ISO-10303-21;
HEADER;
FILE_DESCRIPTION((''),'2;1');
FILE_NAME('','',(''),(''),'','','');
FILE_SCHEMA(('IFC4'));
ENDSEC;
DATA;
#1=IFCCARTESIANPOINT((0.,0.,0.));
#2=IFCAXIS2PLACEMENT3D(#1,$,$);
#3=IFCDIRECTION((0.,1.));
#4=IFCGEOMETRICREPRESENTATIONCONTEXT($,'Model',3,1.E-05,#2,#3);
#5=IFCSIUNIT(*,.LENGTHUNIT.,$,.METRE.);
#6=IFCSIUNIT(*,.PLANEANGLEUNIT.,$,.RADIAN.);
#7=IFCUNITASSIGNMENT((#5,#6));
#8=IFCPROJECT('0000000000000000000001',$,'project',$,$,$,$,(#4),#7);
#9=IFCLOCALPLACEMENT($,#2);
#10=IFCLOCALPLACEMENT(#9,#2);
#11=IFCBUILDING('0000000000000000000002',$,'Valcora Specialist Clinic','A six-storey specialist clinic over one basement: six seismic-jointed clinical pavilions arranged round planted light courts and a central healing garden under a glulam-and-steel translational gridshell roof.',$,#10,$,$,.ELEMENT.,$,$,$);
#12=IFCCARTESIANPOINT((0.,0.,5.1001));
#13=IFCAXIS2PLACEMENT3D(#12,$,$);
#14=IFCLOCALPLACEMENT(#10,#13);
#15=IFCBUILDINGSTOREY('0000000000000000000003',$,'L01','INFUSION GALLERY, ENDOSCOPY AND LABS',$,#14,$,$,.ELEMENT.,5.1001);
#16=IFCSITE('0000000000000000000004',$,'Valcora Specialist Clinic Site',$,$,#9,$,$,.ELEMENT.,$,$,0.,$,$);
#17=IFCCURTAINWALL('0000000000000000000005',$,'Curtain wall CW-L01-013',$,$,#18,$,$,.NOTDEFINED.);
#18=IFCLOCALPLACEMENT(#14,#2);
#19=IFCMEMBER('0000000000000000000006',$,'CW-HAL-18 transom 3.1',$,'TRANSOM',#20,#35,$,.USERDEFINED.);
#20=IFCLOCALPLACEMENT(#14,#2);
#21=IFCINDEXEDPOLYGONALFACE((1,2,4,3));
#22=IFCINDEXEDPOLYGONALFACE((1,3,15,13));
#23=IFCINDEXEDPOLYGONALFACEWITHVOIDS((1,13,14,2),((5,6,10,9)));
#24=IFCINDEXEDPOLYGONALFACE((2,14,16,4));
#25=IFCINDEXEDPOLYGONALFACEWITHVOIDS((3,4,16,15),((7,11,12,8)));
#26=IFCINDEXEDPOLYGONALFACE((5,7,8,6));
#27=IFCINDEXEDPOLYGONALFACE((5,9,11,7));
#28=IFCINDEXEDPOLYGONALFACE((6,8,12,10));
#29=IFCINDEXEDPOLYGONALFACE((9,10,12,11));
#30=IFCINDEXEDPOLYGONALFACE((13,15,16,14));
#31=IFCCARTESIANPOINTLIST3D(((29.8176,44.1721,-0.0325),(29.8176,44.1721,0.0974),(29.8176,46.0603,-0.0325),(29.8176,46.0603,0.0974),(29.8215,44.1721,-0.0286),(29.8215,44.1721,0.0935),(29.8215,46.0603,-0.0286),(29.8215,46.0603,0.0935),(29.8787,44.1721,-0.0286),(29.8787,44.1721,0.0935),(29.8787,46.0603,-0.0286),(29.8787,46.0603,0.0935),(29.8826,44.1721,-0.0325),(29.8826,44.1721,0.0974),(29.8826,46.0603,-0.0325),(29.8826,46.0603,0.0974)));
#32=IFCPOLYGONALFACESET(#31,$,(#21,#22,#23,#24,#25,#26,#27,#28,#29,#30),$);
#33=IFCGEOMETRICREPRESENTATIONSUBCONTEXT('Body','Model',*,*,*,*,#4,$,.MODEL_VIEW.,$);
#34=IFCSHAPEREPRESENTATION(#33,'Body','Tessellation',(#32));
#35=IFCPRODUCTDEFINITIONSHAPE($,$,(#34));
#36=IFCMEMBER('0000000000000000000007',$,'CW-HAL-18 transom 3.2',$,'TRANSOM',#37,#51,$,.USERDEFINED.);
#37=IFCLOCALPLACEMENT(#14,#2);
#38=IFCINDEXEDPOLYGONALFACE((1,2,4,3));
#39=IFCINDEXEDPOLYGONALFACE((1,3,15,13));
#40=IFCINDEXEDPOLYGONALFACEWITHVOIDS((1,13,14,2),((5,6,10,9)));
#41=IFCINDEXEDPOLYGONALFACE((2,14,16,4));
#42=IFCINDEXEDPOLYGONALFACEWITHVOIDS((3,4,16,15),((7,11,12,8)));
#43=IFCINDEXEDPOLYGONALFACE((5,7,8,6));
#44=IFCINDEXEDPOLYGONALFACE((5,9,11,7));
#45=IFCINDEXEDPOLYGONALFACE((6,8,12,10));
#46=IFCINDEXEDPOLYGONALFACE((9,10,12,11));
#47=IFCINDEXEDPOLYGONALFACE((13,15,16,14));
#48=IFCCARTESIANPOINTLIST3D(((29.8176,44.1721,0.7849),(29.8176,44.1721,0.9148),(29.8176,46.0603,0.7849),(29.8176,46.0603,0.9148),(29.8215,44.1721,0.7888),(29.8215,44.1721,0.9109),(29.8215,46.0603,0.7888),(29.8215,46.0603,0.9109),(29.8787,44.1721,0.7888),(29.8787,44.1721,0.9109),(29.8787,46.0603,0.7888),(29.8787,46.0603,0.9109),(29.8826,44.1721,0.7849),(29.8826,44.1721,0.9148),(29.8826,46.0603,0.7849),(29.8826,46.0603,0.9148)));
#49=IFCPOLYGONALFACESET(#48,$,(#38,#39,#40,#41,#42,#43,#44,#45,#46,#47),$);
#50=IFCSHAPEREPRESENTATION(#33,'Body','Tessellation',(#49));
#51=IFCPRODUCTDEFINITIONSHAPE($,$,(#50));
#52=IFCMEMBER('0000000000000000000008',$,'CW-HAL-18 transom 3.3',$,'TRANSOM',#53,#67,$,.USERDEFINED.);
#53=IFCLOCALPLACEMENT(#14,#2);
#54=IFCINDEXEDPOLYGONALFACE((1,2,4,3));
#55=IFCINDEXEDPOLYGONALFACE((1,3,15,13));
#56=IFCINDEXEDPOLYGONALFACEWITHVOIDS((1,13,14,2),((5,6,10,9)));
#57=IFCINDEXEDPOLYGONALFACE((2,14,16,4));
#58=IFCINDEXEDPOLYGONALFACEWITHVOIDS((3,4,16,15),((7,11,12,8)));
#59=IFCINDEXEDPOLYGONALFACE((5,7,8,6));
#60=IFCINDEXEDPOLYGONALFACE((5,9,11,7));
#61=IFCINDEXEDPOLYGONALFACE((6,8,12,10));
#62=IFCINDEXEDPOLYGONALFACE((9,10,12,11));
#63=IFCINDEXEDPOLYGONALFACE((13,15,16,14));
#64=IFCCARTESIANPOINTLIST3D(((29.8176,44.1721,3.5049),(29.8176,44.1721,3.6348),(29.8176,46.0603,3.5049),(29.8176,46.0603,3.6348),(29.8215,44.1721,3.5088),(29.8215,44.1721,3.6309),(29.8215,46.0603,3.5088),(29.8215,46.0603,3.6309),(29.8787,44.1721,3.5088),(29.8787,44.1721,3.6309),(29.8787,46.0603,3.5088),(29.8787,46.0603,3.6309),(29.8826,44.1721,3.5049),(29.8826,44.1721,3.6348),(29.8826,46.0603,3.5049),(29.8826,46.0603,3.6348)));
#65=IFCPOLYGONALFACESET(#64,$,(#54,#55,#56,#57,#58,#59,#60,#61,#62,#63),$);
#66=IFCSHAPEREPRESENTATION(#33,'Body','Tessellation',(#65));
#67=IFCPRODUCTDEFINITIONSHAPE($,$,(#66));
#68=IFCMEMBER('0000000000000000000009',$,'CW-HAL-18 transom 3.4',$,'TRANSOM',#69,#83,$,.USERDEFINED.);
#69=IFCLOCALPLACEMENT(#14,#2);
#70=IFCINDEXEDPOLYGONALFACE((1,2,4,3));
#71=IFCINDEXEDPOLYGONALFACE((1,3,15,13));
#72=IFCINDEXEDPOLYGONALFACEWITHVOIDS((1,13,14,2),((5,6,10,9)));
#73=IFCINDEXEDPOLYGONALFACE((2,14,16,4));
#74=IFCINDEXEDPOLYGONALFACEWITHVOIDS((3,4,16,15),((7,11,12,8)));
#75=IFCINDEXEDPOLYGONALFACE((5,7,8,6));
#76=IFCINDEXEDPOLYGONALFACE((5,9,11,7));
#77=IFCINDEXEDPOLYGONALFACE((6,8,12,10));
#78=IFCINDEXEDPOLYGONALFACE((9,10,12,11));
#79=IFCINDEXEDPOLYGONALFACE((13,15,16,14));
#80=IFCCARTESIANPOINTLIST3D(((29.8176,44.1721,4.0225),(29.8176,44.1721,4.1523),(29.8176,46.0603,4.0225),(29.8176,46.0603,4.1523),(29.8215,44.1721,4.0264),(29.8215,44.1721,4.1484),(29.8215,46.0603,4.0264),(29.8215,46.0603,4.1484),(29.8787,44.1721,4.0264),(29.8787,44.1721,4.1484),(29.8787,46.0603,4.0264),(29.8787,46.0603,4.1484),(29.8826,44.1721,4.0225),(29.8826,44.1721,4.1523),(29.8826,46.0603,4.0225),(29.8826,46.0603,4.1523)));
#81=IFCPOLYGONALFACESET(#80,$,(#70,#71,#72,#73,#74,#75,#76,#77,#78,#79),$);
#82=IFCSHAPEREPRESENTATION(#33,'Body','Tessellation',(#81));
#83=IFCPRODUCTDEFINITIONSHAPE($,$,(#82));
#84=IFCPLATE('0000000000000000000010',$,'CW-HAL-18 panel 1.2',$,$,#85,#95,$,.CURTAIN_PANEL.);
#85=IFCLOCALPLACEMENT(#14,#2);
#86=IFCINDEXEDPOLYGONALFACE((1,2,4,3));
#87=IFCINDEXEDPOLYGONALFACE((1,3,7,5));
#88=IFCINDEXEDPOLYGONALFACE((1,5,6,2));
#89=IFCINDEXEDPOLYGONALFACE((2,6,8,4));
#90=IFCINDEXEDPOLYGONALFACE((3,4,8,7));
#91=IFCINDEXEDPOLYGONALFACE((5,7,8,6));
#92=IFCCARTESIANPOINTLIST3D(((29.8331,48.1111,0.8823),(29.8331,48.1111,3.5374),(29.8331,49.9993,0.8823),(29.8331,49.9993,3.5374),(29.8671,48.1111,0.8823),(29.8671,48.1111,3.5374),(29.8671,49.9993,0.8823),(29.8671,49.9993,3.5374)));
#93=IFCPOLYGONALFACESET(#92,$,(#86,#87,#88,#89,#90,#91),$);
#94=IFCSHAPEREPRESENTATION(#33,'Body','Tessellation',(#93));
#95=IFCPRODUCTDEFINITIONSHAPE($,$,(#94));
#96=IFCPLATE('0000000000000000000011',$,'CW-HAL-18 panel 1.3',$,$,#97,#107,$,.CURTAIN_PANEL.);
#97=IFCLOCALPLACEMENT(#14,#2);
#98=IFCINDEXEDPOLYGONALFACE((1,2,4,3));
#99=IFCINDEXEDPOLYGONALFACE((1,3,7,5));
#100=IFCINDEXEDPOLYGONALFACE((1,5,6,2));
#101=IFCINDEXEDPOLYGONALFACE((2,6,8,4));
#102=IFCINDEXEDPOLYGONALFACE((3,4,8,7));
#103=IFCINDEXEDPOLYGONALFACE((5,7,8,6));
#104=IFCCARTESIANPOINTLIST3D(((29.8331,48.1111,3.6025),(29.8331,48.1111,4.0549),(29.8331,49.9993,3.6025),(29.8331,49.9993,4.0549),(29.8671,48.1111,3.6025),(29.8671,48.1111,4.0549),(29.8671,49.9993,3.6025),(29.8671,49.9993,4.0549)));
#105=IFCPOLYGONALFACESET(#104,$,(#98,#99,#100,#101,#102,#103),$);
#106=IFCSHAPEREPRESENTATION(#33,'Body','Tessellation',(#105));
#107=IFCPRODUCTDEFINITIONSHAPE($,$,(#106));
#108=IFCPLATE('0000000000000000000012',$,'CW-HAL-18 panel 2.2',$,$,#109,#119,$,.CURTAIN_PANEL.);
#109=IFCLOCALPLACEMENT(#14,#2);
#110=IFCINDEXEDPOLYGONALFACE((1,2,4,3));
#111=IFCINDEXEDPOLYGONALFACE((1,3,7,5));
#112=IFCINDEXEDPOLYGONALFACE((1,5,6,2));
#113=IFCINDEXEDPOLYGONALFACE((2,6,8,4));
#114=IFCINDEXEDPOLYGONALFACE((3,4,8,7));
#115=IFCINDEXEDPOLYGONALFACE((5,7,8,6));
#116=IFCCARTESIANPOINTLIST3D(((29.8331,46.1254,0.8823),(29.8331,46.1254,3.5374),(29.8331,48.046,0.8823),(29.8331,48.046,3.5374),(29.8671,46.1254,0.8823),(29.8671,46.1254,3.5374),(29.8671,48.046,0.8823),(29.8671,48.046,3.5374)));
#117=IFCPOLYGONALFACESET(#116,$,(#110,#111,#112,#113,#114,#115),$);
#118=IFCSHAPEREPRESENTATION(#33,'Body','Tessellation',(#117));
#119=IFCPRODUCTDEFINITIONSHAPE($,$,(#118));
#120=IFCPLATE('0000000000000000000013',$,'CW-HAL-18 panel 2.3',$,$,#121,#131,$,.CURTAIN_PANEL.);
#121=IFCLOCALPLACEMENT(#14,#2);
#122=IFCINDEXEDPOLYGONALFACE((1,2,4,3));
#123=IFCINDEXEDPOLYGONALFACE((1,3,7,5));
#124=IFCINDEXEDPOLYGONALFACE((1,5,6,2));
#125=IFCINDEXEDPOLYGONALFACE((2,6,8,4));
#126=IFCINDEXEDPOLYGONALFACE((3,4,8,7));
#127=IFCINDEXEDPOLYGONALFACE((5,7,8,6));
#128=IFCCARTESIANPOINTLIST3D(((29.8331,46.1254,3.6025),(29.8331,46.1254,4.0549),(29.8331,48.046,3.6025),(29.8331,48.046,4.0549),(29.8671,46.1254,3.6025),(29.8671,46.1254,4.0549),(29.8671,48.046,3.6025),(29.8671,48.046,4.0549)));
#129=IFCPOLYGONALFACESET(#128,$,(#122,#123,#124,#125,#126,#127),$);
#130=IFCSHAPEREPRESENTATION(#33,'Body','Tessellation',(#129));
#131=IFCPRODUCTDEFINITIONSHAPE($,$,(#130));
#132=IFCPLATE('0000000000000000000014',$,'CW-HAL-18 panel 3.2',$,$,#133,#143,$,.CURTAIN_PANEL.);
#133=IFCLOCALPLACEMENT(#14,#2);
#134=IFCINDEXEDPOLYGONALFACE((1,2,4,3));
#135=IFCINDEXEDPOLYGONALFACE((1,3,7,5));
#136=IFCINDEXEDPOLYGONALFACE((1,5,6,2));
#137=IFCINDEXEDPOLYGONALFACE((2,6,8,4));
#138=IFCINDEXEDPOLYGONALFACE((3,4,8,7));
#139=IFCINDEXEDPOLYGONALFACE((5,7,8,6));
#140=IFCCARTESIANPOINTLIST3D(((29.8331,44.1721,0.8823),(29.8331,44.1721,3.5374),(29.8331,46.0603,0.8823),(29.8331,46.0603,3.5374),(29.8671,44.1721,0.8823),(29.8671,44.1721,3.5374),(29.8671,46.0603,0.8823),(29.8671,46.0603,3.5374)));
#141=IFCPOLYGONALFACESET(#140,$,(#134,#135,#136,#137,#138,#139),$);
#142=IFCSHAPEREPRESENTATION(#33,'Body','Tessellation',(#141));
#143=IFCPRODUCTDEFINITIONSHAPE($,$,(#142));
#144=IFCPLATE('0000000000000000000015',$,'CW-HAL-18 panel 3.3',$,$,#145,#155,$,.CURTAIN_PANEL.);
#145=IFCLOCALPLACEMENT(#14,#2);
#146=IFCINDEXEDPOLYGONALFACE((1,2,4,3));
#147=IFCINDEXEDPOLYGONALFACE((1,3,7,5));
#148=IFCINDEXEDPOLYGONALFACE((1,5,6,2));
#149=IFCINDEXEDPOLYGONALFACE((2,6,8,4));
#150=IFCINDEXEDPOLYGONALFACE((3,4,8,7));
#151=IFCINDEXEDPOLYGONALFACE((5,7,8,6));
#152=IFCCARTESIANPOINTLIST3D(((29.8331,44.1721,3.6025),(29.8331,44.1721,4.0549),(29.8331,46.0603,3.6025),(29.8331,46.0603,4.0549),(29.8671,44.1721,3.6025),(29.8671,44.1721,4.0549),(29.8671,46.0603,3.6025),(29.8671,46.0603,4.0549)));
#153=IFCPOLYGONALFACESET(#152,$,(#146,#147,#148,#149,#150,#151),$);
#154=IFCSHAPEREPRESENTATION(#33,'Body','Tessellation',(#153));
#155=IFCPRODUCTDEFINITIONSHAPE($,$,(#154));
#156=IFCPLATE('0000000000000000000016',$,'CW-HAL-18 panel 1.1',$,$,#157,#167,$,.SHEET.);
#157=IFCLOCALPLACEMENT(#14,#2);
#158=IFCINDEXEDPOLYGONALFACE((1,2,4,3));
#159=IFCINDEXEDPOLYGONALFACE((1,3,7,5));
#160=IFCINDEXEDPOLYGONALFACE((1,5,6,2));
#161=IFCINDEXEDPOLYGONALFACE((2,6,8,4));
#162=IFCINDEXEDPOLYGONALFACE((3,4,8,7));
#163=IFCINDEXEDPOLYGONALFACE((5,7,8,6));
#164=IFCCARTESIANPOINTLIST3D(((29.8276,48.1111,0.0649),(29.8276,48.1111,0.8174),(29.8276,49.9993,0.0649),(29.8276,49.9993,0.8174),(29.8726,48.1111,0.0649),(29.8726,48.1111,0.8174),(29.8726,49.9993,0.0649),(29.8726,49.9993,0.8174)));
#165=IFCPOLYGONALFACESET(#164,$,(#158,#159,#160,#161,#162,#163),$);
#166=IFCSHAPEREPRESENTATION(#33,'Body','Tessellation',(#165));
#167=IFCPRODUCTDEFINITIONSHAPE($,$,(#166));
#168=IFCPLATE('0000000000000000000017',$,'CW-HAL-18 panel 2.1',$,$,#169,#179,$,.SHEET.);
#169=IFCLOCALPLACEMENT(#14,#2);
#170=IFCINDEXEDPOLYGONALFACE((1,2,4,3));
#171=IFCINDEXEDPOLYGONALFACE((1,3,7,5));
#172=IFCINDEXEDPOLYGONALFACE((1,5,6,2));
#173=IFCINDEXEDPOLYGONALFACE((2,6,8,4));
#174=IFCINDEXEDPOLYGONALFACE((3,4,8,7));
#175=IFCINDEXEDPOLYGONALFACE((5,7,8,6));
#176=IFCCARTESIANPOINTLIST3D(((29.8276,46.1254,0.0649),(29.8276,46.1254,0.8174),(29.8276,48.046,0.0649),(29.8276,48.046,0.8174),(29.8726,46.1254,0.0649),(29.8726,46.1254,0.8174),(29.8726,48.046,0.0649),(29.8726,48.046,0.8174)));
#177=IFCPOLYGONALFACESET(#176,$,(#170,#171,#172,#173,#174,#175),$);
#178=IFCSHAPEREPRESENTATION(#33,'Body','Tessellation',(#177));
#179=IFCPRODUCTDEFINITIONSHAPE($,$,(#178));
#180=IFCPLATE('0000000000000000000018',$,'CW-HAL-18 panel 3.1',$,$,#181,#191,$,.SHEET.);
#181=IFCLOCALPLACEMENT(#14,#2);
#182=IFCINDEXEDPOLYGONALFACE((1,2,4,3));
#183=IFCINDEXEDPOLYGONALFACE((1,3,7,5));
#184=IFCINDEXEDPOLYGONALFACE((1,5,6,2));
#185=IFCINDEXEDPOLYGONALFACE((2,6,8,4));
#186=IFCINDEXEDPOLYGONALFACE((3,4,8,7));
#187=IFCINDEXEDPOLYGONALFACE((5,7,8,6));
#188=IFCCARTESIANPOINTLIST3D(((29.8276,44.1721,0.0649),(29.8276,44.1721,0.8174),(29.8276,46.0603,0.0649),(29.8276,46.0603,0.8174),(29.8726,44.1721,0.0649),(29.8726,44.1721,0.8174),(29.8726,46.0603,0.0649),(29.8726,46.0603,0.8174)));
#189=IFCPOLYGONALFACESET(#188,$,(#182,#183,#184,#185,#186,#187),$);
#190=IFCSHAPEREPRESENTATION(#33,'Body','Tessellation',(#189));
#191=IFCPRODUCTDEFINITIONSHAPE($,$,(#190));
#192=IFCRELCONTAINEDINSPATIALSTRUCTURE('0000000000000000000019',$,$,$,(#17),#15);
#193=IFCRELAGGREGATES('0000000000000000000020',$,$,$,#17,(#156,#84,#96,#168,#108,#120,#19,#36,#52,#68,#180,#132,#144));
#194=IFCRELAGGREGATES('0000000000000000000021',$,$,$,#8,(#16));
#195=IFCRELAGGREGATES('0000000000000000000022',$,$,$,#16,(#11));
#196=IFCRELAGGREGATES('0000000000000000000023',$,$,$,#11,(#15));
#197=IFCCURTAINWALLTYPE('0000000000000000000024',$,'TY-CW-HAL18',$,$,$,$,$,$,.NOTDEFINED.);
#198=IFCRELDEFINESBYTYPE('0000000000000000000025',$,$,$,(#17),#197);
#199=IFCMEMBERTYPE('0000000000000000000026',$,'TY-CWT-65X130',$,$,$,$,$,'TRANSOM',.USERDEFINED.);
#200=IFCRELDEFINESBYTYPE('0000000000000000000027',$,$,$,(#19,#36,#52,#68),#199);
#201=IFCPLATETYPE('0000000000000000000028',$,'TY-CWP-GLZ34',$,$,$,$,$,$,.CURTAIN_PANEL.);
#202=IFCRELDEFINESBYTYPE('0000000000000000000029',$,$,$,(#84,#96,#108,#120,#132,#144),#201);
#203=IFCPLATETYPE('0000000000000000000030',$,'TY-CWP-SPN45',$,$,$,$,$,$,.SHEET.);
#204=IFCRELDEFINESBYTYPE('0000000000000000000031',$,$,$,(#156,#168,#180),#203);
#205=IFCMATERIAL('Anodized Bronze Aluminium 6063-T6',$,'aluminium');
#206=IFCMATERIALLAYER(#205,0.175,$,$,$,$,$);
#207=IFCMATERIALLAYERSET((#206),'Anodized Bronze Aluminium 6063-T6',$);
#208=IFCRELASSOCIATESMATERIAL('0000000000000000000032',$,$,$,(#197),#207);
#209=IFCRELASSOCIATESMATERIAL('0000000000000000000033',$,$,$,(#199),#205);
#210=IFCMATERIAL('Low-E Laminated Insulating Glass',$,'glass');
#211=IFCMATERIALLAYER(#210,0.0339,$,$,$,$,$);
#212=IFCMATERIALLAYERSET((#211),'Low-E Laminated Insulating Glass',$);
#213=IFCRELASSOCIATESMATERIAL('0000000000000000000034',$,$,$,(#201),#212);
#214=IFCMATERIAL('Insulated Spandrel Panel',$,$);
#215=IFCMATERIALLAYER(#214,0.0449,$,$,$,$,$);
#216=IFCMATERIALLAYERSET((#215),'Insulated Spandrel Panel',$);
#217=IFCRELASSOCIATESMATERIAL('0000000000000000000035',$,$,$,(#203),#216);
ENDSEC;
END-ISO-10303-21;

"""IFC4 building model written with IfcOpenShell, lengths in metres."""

from ifc_helpers import new_model, si_unit, direction, frame, origin, origin_2d, place, context, subcontext, project, spatial, rectangle, hollow_rectangle, extrude, material, layer, layer_set, material_profile, profile_set, type_object, element, aggregate, save


model = new_model("IFC4")

# Units and contexts
model_context = context("Model", 3, precision=1e-05, world=origin(), true_north=direction((0.0, 1.0)))
body_context = subcontext(model_context, "Body", "Model", "MODEL_VIEW")
ifc_project = project(units=[si_unit("LENGTHUNIT", "METRE"), si_unit("PLANEANGLEUNIT", "RADIAN")], contexts=[model_context])

# Site, building, storey
site_placement = place(None, origin())
site = spatial("IfcSite", under=ifc_project, at=site_placement, Name="Valcora Specialist Clinic Site", CompositionType="ELEMENT", RefElevation=0.0)
building_placement = place(site_placement, origin())
building = spatial("IfcBuilding", under=site, at=building_placement, Name="Valcora Specialist Clinic", Description="A six-storey specialist clinic over one basement: six seismic-jointed clinical pavilions arranged round planted light courts and a central healing garden under a glulam-and-steel translational gridshell roof.", CompositionType="ELEMENT")
storey_placement = place(building_placement, frame((0.0, 0.0, 5.1001)))
storey = spatial("IfcBuildingStorey", under=building, at=storey_placement, Name="L01", Description="INFUSION GALLERY, ENDOSCOPY AND LABS", CompositionType="ELEMENT", Elevation=5.1001)

# Curtain wall, members, plates
ifc_material_1 = material(Name="Anodized Bronze Aluminium 6063-T6", Category="aluminium")
ifc_layer_1 = layer(ifc_material_1, 0.175)
ifc_layer_set_1 = layer_set([ifc_layer_1], Name="Anodized Bronze Aluminium 6063-T6")
curtain_wall_type = type_object("IfcCurtainWallType", Name="TY-CW-HAL18", PredefinedType="NOTDEFINED", material=ifc_layer_set_1)
curtain_wall_placement = place(storey_placement, origin())
curtain_wall = element("IfcCurtainWall", 1, at=curtain_wall_placement, inside=storey, type_object=curtain_wall_type, Name="Curtain wall CW-L01-013", PredefinedType="NOTDEFINED")
ifc_material_profile_1 = material_profile(ifc_material_1, hollow_rectangle(XDim=0.0649, YDim=0.1299, WallThickness=0.0039, at=origin_2d()), Name="AL-TRN-65X130")
ifc_profile_set_1 = profile_set([ifc_material_profile_1], Name="Anodized Bronze Aluminium 6063-T6")
member_type_1 = type_object("IfcMemberType", Name="TY-CWT-65X130", ElementType="TRANSOM", PredefinedType="USERDEFINED", material=ifc_profile_set_1)
member_1_placement = place(storey_placement, frame((29.8501, 46.0603, 0.0325), z_axis=(0.0, -1.0, 0.0), x_axis=(1.0, 0.0, 0.0)))
member_1 = element("IfcMember", 2, at=member_1_placement, type_object=member_type_1, Name="CW-HAL-18 transom 3.1", ObjectType="TRANSOM", PredefinedType="USERDEFINED", context=body_context, shape_type="SweptSolid", body=[
    extrude(hollow_rectangle(XDim=0.0649, YDim=0.1299, WallThickness=0.0039, at=origin_2d()), origin(), (0.0, 0.0, 1.0), 1.8882),
])
member_2_placement = place(storey_placement, frame((29.8501, 46.0603, 0.8499), z_axis=(0.0, -1.0, 0.0), x_axis=(1.0, 0.0, 0.0)))
member_2 = element("IfcMember", 3, at=member_2_placement, type_object=member_type_1, Name="CW-HAL-18 transom 3.2", ObjectType="TRANSOM", PredefinedType="USERDEFINED", context=body_context, shape_type="SweptSolid", body=[
    extrude(hollow_rectangle(XDim=0.0649, YDim=0.1299, WallThickness=0.0039, at=origin_2d()), origin(), (0.0, 0.0, 1.0), 1.8882),
])
member_3_placement = place(storey_placement, frame((29.8501, 46.0603, 3.5698), z_axis=(0.0, -1.0, 0.0), x_axis=(1.0, 0.0, 0.0)))
member_3 = element("IfcMember", 4, at=member_3_placement, type_object=member_type_1, Name="CW-HAL-18 transom 3.3", ObjectType="TRANSOM", PredefinedType="USERDEFINED", context=body_context, shape_type="SweptSolid", body=[
    extrude(hollow_rectangle(XDim=0.0649, YDim=0.1299, WallThickness=0.0039, at=origin_2d()), origin(), (0.0, 0.0, 1.0), 1.8882),
])
member_4_placement = place(storey_placement, frame((29.8501, 46.0603, 4.0874), z_axis=(0.0, -1.0, 0.0), x_axis=(1.0, 0.0, 0.0)))
member_4 = element("IfcMember", 5, at=member_4_placement, type_object=member_type_1, Name="CW-HAL-18 transom 3.4", ObjectType="TRANSOM", PredefinedType="USERDEFINED", context=body_context, shape_type="SweptSolid", body=[
    extrude(hollow_rectangle(XDim=0.0649, YDim=0.1299, WallThickness=0.0039, at=origin_2d()), origin(), (0.0, 0.0, 1.0), 1.8882),
])
ifc_material_2 = material(Name="Low-E Laminated Insulating Glass", Category="glass")
ifc_layer_2 = layer(ifc_material_2, 0.0339)
ifc_layer_set_2 = layer_set([ifc_layer_2], Name="Low-E Laminated Insulating Glass")
plate_type_1 = type_object("IfcPlateType", Name="TY-CWP-GLZ34", PredefinedType="CURTAIN_PANEL", material=ifc_layer_set_2)
plate_1_placement = place(storey_placement, frame((29.8501, 49.0552, 0.8823), z_axis=(0.0, 0.0, 1.0), x_axis=(0.0, -1.0, 0.0)))
plate_1 = element("IfcPlate", 6, at=plate_1_placement, type_object=plate_type_1, Name="CW-HAL-18 panel 1.2", PredefinedType="CURTAIN_PANEL", context=body_context, shape_type="SweptSolid", body=[
    extrude(rectangle(XDim=1.8882, YDim=0.0339, at=origin_2d()), origin(), (0.0, 0.0, 1.0), 2.655),
])
plate_2_placement = place(storey_placement, frame((29.8501, 49.0552, 3.6025), z_axis=(0.0, 0.0, 1.0), x_axis=(0.0, -1.0, 0.0)))
plate_2 = element("IfcPlate", 7, at=plate_2_placement, type_object=plate_type_1, Name="CW-HAL-18 panel 1.3", PredefinedType="CURTAIN_PANEL", context=body_context, shape_type="SweptSolid", body=[
    extrude(rectangle(XDim=1.8882, YDim=0.0339, at=origin_2d()), origin(), (0.0, 0.0, 1.0), 0.4524),
])
plate_3_placement = place(storey_placement, frame((29.8501, 47.0857, 0.8823), z_axis=(0.0, 0.0, 1.0), x_axis=(0.0, -1.0, 0.0)))
plate_3 = element("IfcPlate", 8, at=plate_3_placement, type_object=plate_type_1, Name="CW-HAL-18 panel 2.2", PredefinedType="CURTAIN_PANEL", context=body_context, shape_type="SweptSolid", body=[
    extrude(rectangle(XDim=1.9207, YDim=0.0339, at=origin_2d()), origin(), (0.0, 0.0, 1.0), 2.655),
])
plate_4_placement = place(storey_placement, frame((29.8501, 47.0857, 3.6025), z_axis=(0.0, 0.0, 1.0), x_axis=(0.0, -1.0, 0.0)))
plate_4 = element("IfcPlate", 9, at=plate_4_placement, type_object=plate_type_1, Name="CW-HAL-18 panel 2.3", PredefinedType="CURTAIN_PANEL", context=body_context, shape_type="SweptSolid", body=[
    extrude(rectangle(XDim=1.9207, YDim=0.0339, at=origin_2d()), origin(), (0.0, 0.0, 1.0), 0.4524),
])
plate_5_placement = place(storey_placement, frame((29.8501, 45.1162, 0.8823), z_axis=(0.0, 0.0, 1.0), x_axis=(0.0, -1.0, 0.0)))
plate_5 = element("IfcPlate", 10, at=plate_5_placement, type_object=plate_type_1, Name="CW-HAL-18 panel 3.2", PredefinedType="CURTAIN_PANEL", context=body_context, shape_type="SweptSolid", body=[
    extrude(rectangle(XDim=1.8882, YDim=0.0339, at=origin_2d()), origin(), (0.0, 0.0, 1.0), 2.655),
])
plate_6_placement = place(storey_placement, frame((29.8501, 45.1162, 3.6025), z_axis=(0.0, 0.0, 1.0), x_axis=(0.0, -1.0, 0.0)))
plate_6 = element("IfcPlate", 11, at=plate_6_placement, type_object=plate_type_1, Name="CW-HAL-18 panel 3.3", PredefinedType="CURTAIN_PANEL", context=body_context, shape_type="SweptSolid", body=[
    extrude(rectangle(XDim=1.8882, YDim=0.0339, at=origin_2d()), origin(), (0.0, 0.0, 1.0), 0.4524),
])
ifc_material_3 = material(Name="Insulated Spandrel Panel")
ifc_layer_3 = layer(ifc_material_3, 0.0449)
ifc_layer_set_3 = layer_set([ifc_layer_3], Name="Insulated Spandrel Panel")
plate_type_2 = type_object("IfcPlateType", Name="TY-CWP-SPN45", PredefinedType="SHEET", material=ifc_layer_set_3)
plate_7_placement = place(storey_placement, frame((29.8501, 49.0552, 0.0649), z_axis=(0.0, 0.0, 1.0), x_axis=(0.0, -1.0, 0.0)))
plate_7 = element("IfcPlate", 12, at=plate_7_placement, type_object=plate_type_2, Name="CW-HAL-18 panel 1.1", PredefinedType="SHEET", context=body_context, shape_type="SweptSolid", body=[
    extrude(rectangle(XDim=1.8882, YDim=0.0449, at=origin_2d()), origin(), (0.0, 0.0, 1.0), 0.7524),
])
plate_8_placement = place(storey_placement, frame((29.8501, 47.0857, 0.0649), z_axis=(0.0, 0.0, 1.0), x_axis=(0.0, -1.0, 0.0)))
plate_8 = element("IfcPlate", 13, at=plate_8_placement, type_object=plate_type_2, Name="CW-HAL-18 panel 2.1", PredefinedType="SHEET", context=body_context, shape_type="SweptSolid", body=[
    extrude(rectangle(XDim=1.9207, YDim=0.0449, at=origin_2d()), origin(), (0.0, 0.0, 1.0), 0.7524),
])
plate_9_placement = place(storey_placement, frame((29.8501, 45.1162, 0.0649), z_axis=(0.0, 0.0, 1.0), x_axis=(0.0, -1.0, 0.0)))
plate_9 = element("IfcPlate", 14, at=plate_9_placement, type_object=plate_type_2, Name="CW-HAL-18 panel 3.1", PredefinedType="SHEET", context=body_context, shape_type="SweptSolid", body=[
    extrude(rectangle(XDim=1.8882, YDim=0.0449, at=origin_2d()), origin(), (0.0, 0.0, 1.0), 0.7524),
])
aggregate(curtain_wall, [plate_7, plate_1, plate_2, plate_8, plate_3, plate_4, member_1, member_2, member_3, member_4, plate_9, plate_5, plate_6])

save(model, "model.ifc")
